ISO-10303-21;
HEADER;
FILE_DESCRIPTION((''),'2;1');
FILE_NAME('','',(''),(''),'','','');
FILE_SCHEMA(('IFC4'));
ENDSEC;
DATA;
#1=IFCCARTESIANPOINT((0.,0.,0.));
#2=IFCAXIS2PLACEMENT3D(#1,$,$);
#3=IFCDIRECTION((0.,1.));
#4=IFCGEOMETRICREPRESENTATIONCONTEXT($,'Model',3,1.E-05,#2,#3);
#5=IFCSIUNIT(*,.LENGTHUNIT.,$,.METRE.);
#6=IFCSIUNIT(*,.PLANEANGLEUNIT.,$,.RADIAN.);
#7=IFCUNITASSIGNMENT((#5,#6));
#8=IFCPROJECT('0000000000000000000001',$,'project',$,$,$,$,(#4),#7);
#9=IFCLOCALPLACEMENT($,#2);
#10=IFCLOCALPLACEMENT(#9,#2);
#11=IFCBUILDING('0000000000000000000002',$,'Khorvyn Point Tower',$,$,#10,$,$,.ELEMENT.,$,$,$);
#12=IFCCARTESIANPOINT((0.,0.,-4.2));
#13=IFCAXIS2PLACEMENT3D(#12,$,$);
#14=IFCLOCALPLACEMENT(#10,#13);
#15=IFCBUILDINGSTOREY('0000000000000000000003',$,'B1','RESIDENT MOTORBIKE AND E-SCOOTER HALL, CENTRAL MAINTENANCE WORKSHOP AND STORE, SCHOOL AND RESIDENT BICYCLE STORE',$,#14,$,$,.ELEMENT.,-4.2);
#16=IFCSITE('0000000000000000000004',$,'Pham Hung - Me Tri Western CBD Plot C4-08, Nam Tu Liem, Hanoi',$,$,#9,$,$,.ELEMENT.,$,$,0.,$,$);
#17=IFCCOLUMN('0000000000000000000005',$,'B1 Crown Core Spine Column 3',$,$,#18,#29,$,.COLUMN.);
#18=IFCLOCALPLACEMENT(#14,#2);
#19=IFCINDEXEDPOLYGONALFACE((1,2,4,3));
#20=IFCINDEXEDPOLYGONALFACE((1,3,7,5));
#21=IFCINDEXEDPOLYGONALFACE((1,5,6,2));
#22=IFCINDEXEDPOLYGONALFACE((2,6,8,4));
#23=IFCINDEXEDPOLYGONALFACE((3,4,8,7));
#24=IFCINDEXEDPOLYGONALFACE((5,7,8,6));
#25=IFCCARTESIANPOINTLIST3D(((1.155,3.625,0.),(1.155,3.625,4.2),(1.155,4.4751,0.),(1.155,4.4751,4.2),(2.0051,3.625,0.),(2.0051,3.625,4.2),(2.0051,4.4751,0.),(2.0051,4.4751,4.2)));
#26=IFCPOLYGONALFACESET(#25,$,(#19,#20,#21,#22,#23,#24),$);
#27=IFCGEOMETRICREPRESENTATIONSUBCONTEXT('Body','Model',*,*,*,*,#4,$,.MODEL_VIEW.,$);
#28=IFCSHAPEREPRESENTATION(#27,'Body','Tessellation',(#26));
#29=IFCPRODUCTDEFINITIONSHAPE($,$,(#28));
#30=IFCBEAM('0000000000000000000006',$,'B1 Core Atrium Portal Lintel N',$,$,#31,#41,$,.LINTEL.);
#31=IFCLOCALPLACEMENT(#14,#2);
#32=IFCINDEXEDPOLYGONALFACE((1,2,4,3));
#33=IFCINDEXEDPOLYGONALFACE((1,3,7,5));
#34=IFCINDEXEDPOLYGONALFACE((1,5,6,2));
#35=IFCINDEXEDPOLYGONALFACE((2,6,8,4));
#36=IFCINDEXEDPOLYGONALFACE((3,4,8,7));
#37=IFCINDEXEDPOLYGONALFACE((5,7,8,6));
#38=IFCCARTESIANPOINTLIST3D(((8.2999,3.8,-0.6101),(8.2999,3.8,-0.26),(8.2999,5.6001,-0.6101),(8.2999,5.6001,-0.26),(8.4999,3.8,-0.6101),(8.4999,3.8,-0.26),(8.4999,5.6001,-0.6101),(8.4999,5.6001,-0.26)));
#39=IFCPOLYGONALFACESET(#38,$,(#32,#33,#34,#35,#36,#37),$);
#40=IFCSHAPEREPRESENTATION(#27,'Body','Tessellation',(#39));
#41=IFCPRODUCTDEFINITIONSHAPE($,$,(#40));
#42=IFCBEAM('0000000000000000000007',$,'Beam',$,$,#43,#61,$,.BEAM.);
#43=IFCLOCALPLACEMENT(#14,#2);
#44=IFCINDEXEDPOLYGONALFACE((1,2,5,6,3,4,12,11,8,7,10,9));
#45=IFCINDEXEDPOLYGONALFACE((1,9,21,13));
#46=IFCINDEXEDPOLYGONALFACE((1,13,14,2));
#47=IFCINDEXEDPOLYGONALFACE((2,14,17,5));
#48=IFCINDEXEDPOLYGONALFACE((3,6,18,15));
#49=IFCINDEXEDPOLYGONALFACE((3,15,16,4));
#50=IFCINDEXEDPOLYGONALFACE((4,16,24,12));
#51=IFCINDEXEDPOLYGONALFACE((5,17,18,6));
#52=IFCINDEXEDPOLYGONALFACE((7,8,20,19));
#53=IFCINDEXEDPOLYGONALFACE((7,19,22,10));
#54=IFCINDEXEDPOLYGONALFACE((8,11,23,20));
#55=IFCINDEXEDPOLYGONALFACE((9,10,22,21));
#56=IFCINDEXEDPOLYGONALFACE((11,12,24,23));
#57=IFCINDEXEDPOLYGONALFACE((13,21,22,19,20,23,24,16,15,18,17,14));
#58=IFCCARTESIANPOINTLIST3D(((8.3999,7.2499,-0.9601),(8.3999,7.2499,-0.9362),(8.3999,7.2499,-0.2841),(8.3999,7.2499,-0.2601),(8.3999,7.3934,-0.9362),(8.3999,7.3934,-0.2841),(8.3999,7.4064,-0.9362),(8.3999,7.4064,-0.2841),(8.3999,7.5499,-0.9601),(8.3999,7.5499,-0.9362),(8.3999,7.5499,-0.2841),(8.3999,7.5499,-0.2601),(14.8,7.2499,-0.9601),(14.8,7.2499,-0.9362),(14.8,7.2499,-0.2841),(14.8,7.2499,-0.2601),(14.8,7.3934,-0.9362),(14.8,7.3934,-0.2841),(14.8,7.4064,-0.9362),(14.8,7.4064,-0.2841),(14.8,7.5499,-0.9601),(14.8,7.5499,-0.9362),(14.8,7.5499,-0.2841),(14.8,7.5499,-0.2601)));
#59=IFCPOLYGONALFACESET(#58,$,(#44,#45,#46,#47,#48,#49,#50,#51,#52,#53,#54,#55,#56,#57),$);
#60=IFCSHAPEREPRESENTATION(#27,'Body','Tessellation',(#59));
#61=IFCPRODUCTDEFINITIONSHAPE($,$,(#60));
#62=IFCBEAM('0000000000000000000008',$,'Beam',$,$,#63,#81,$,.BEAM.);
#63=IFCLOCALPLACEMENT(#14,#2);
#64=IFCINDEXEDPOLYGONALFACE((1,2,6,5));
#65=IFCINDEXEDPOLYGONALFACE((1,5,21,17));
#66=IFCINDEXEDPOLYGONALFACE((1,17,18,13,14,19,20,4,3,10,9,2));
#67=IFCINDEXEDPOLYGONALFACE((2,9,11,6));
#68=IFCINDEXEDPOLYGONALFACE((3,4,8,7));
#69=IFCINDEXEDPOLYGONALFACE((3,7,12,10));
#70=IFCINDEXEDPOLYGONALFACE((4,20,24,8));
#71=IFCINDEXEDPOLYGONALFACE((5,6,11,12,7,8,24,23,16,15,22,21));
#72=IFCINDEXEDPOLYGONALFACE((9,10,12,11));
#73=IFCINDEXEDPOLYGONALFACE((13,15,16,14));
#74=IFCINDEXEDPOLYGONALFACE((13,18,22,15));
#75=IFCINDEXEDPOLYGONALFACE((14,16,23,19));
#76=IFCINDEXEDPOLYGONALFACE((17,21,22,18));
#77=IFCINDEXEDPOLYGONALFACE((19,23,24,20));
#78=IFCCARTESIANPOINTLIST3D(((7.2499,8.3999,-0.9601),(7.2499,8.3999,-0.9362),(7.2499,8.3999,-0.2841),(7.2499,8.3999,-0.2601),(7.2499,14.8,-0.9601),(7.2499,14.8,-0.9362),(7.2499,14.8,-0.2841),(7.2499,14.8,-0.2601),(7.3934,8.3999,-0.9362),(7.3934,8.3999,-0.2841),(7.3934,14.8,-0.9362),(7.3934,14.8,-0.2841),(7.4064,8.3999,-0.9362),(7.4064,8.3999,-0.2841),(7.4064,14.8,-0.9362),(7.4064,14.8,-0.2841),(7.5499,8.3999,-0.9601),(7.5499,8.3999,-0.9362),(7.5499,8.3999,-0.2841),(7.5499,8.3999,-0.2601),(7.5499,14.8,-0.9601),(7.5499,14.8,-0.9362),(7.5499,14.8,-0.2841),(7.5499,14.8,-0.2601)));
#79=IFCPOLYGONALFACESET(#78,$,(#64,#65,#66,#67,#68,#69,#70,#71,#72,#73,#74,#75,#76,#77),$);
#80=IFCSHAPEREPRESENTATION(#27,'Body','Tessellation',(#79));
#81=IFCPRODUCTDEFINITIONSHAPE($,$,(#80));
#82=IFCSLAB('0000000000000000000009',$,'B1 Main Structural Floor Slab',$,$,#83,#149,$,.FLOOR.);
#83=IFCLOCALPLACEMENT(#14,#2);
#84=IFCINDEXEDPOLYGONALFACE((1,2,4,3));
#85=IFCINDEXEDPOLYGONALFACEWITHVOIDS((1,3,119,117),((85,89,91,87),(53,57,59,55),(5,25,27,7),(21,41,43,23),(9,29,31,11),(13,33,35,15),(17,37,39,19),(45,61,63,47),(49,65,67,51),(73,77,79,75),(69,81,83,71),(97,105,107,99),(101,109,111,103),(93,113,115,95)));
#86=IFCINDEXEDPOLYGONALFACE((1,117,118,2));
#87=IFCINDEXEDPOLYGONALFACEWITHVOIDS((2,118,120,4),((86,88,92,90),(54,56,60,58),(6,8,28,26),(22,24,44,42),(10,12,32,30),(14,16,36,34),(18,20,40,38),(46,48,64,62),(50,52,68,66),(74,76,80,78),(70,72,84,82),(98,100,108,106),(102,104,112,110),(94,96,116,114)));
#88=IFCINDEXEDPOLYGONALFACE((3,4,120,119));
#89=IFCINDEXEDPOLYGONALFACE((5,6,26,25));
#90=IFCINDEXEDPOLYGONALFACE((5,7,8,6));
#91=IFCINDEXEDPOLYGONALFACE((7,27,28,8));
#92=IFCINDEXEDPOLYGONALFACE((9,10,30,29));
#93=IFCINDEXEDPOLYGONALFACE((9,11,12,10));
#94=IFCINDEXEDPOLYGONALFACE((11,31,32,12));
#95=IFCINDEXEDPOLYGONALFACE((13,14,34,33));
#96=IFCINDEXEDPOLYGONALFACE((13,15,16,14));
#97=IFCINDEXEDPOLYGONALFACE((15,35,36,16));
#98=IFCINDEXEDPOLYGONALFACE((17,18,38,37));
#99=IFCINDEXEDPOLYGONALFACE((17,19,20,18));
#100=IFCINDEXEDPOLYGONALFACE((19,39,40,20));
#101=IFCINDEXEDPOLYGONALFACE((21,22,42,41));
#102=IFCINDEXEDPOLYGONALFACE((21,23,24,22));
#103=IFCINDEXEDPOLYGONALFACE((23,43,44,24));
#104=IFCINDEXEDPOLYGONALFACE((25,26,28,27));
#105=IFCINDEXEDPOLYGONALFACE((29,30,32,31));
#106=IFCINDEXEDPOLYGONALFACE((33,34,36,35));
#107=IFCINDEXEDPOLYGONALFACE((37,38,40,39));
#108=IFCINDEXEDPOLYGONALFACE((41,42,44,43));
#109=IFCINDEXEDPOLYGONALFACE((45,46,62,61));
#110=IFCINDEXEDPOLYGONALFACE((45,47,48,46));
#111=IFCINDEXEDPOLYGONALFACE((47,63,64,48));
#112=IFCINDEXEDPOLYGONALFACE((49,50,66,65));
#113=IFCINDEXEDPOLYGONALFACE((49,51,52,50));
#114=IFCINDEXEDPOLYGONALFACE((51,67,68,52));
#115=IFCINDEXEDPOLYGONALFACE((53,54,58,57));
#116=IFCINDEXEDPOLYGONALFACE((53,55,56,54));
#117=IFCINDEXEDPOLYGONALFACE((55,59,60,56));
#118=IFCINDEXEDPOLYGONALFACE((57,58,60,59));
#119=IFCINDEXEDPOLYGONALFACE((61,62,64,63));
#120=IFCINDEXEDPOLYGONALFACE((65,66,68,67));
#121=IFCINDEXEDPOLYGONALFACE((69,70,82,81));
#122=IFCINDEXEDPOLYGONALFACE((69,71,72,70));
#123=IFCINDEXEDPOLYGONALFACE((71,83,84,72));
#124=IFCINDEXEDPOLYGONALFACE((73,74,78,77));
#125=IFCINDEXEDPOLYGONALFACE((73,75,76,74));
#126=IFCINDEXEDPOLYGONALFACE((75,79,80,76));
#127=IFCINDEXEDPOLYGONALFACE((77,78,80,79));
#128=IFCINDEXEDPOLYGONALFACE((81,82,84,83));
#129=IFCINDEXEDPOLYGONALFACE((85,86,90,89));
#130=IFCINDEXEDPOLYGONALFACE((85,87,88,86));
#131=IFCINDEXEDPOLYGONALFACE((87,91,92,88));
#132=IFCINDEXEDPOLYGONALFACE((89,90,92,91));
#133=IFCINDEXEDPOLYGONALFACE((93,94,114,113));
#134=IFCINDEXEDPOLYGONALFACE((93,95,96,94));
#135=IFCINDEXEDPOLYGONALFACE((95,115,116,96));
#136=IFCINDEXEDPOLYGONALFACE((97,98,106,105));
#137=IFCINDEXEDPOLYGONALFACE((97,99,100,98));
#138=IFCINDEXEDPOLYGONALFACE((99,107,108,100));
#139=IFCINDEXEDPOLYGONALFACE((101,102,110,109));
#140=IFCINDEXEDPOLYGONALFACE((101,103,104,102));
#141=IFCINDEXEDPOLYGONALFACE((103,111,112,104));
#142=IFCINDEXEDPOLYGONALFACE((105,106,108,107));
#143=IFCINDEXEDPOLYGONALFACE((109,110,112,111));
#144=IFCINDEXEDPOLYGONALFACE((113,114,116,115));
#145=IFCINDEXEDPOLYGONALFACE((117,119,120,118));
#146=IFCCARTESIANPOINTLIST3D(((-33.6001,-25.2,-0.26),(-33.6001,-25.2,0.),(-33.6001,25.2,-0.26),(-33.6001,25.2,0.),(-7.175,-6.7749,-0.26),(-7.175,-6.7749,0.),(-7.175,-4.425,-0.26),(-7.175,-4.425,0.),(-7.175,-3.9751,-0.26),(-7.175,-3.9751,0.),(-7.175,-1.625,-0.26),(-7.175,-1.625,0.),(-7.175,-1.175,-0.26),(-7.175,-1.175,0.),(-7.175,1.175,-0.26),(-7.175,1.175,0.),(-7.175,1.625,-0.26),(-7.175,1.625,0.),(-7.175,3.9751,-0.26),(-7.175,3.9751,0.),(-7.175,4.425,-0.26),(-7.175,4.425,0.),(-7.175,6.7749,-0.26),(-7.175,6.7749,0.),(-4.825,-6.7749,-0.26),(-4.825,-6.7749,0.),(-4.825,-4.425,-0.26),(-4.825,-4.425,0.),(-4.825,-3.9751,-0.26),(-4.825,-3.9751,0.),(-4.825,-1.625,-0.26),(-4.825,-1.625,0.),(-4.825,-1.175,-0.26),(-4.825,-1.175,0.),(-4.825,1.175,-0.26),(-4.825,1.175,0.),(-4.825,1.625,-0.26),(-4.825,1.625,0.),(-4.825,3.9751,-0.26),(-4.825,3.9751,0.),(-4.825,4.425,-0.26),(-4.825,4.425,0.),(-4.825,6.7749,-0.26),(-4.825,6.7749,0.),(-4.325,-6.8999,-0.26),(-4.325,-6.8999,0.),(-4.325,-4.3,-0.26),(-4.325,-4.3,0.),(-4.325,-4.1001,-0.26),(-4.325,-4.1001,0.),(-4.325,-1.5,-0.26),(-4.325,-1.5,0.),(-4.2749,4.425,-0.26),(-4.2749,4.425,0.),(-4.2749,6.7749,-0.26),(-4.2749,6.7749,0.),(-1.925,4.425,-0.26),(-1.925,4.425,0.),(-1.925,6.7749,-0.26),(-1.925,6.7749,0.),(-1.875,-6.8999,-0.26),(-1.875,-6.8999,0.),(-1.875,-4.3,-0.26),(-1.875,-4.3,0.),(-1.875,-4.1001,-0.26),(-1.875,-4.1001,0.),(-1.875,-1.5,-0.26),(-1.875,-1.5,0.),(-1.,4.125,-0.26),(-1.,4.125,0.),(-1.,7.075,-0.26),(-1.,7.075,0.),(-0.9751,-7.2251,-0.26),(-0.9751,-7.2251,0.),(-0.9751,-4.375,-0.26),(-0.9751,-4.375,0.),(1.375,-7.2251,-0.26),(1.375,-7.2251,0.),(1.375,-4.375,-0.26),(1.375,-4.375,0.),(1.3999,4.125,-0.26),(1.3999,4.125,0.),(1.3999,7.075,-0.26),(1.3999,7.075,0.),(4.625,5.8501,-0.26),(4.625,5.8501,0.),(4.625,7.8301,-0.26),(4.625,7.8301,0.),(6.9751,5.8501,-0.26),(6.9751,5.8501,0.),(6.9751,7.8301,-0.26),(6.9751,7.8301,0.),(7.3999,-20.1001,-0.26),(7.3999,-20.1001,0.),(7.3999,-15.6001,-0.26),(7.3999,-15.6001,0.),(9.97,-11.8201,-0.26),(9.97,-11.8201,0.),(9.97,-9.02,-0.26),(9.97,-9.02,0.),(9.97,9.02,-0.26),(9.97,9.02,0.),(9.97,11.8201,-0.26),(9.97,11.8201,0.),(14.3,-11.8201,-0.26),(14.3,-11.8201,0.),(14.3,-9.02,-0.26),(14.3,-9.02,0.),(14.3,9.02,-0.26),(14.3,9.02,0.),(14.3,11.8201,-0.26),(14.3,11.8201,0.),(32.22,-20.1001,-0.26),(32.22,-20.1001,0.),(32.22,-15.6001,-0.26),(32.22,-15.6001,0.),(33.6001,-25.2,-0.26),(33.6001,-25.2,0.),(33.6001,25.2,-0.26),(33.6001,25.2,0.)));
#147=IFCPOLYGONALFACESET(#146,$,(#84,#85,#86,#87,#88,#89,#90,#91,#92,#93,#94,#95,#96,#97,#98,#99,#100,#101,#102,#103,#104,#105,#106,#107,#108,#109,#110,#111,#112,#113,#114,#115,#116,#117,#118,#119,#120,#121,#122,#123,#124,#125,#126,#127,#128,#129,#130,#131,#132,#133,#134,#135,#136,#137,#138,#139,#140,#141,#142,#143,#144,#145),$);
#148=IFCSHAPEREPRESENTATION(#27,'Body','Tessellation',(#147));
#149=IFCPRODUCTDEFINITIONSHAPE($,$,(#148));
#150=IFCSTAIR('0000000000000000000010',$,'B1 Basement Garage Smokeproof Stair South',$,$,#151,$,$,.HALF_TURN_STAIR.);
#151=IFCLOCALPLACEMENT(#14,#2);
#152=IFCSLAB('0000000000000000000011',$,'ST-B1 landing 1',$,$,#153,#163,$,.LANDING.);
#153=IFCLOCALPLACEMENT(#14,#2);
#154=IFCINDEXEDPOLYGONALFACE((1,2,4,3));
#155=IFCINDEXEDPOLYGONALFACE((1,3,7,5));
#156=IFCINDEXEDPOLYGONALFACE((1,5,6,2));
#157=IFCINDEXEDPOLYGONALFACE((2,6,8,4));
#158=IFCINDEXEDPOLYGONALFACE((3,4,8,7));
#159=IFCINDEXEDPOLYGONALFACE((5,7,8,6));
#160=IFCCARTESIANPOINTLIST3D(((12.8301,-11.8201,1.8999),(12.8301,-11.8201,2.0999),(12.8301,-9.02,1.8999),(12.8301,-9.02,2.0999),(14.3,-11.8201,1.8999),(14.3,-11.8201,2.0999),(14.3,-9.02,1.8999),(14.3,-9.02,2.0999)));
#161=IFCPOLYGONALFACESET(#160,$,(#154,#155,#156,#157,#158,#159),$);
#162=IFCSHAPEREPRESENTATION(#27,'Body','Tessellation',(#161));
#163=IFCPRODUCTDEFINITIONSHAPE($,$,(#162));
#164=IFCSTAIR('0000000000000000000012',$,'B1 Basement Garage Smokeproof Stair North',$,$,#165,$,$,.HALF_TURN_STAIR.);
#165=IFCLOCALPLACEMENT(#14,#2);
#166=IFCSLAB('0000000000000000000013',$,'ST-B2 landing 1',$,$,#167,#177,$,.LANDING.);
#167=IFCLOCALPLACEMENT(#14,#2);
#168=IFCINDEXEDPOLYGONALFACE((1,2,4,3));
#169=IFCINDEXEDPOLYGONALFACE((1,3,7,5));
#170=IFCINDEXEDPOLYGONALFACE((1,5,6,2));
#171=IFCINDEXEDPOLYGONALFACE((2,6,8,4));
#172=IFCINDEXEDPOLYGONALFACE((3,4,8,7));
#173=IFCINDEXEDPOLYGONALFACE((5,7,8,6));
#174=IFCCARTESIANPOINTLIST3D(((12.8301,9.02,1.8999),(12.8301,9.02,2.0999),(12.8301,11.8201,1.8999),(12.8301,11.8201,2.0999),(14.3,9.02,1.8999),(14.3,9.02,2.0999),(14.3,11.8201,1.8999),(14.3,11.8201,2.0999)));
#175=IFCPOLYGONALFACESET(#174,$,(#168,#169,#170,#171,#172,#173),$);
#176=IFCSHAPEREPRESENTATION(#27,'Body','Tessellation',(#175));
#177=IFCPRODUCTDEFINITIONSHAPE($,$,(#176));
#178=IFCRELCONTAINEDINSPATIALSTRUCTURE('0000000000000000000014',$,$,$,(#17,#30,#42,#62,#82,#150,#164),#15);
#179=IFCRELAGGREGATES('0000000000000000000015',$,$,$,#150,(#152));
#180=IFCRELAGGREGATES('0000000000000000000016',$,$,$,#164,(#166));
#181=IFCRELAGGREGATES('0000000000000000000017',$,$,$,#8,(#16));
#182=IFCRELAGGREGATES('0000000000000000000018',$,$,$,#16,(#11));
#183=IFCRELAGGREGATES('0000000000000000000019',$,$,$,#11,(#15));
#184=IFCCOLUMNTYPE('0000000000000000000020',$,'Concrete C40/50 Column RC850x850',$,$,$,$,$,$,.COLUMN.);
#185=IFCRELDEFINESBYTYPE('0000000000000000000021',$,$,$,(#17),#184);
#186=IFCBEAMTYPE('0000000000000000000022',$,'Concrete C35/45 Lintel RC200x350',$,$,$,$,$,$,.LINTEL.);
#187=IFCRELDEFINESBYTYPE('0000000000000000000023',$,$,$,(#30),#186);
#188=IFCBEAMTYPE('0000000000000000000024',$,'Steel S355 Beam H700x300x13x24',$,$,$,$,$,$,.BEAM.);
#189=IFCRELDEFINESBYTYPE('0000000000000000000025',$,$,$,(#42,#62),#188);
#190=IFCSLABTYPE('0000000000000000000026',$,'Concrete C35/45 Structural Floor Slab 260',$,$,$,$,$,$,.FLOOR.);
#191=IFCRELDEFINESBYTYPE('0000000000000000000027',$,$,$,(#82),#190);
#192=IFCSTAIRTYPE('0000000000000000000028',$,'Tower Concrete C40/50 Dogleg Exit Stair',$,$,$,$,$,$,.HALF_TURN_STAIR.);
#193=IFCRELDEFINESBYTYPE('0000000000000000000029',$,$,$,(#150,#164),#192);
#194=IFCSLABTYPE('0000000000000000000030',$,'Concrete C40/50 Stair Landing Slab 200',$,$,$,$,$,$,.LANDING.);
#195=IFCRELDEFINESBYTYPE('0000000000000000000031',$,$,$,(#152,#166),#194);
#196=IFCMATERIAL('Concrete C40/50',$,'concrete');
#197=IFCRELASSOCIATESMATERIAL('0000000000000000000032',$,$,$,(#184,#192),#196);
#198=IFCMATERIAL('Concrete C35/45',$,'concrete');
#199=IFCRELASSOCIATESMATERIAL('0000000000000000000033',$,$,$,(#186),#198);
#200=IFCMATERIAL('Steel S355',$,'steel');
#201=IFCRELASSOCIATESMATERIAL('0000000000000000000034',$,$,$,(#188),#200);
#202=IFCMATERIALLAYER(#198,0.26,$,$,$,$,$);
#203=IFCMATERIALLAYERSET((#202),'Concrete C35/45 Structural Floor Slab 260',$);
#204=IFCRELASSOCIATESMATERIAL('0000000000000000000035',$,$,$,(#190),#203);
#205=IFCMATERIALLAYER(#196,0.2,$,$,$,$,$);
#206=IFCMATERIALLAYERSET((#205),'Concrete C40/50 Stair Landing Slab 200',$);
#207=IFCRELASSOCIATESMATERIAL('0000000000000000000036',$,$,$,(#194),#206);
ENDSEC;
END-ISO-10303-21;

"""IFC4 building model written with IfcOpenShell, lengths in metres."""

from ifc_helpers import new_model, si_unit, direction, frame, origin, origin_2d, place, context, subcontext, project, spatial, polyline, rectangle, i_section, outline, extrude, material, layer, layer_set, material_profile, profile_set, type_object, element, aggregate, save


model = new_model("IFC4")

# Units and contexts
model_context = context("Model", 3, precision=1e-05, world=origin(), true_north=direction((0.0, 1.0)))
body_context = subcontext(model_context, "Body", "Model", "MODEL_VIEW")
ifc_project = project(units=[si_unit("LENGTHUNIT", "METRE"), si_unit("PLANEANGLEUNIT", "RADIAN")], contexts=[model_context])

# Site, building, storey
site_placement = place(None, origin())
site = spatial("IfcSite", under=ifc_project, at=site_placement, Name="Pham Hung - Me Tri Western CBD Plot C4-08, Nam Tu Liem, Hanoi", CompositionType="ELEMENT", RefElevation=0.0)
building_placement = place(site_placement, origin())
building = spatial("IfcBuilding", under=site, at=building_placement, Name="Khorvyn Point Tower", CompositionType="ELEMENT")
storey_placement = place(building_placement, frame((0.0, 0.0, -4.2)))
storey = spatial("IfcBuildingStorey", under=building, at=storey_placement, Name="B1", Description="RESIDENT MOTORBIKE AND E-SCOOTER HALL, CENTRAL MAINTENANCE WORKSHOP AND STORE, SCHOOL AND RESIDENT BICYCLE STORE", CompositionType="ELEMENT", Elevation=-4.2)

# Column
ifc_material_1 = material(Name="Concrete C40/50", Category="concrete")
ifc_material_profile_1 = material_profile(ifc_material_1, rectangle(XDim=0.8501, YDim=0.8501, at=origin_2d()))
ifc_profile_set_1 = profile_set([ifc_material_profile_1], Name="Concrete C40/50 RC850x850")
column_type = type_object("IfcColumnType", Name="Concrete C40/50 Column RC850x850", PredefinedType="COLUMN", material=ifc_profile_set_1)
column_placement = place(storey_placement, frame((1.5801, 4.05, 0.0), z_axis=(0.0, 0.0, 1.0), x_axis=(1.0, 0.0, 0.0)))
element("IfcColumn", 1, at=column_placement, inside=storey, type_object=column_type, Name="B1 Crown Core Spine Column 3", PredefinedType="COLUMN", context=body_context, shape_type="SweptSolid", body=[
    extrude(rectangle(XDim=0.8501, YDim=0.8501, at=origin_2d()), origin(), (0.0, 0.0, 1.0), 4.2),
])

# Beams
ifc_material_2 = material(Name="Concrete C35/45", Category="concrete")
ifc_material_profile_2 = material_profile(ifc_material_2, rectangle(XDim=0.2, YDim=0.3501, at=origin_2d()))
ifc_profile_set_2 = profile_set([ifc_material_profile_2], Name="Concrete C35/45 RC200x350")
beam_type_1 = type_object("IfcBeamType", Name="Concrete C35/45 Lintel RC200x350", PredefinedType="LINTEL", material=ifc_profile_set_2)
beam_placement = place(storey_placement, frame((8.3999, 3.8, -0.4351), z_axis=(0.0, 1.0, 0.0), x_axis=(-1.0, 0.0, 0.0)))
element("IfcBeam", 2, at=beam_placement, inside=storey, type_object=beam_type_1, Name="B1 Core Atrium Portal Lintel N", PredefinedType="LINTEL", context=body_context, shape_type="SweptSolid", body=[
    extrude(rectangle(XDim=0.2, YDim=0.3501, at=origin_2d()), origin(), (0.0, 0.0, 1.0), 1.8),
])
ifc_material_3 = material(Name="Steel S355", Category="steel")
ifc_material_profile_3 = material_profile(ifc_material_3, i_section(OverallWidth=0.3, OverallDepth=0.7, WebThickness=0.0129, FlangeThickness=0.0239, at=origin_2d()))
ifc_profile_set_3 = profile_set([ifc_material_profile_3], Name="Steel S355 H700x300x13x24")
beam_type_2 = type_object("IfcBeamType", Name="Steel S355 Beam H700x300x13x24", PredefinedType="BEAM", material=ifc_profile_set_3)
for number, where, z_axis, x_axis, name in (
    (3, (8.3999, 7.3999, -0.6101), (1.0, 0.0, 0.0), (0.0, 1.0, 0.0), "Beam"),
    (4, (7.3999, 8.3999, -0.6101), (0.0, 1.0, 0.0), (-1.0, 0.0, 0.0), "Beam"),
):
    element("IfcBeam", number, at=place(storey_placement, frame(where, z_axis=z_axis, x_axis=x_axis)), inside=storey, type_object=beam_type_2, Name=name, PredefinedType="BEAM", context=body_context, shape_type="SweptSolid", body=[
        extrude(i_section(OverallWidth=0.3, OverallDepth=0.7, WebThickness=0.0129, FlangeThickness=0.0239, at=origin_2d()), origin(), (0.0, 0.0, 1.0), 6.4001),
    ])

# Slab
ifc_layer_1 = layer(ifc_material_2, 0.26)
ifc_layer_set_1 = layer_set([ifc_layer_1], Name="Concrete C35/45 Structural Floor Slab 260")
slab_type_1 = type_object("IfcSlabType", Name="Concrete C35/45 Structural Floor Slab 260", PredefinedType="FLOOR", material=ifc_layer_set_1)
slab_1_placement = place(storey_placement, frame((0.0, 0.0, -0.26)))
element("IfcSlab", 5, at=slab_1_placement, inside=storey, type_object=slab_type_1, Name="B1 Main Structural Floor Slab", PredefinedType="FLOOR", context=body_context, shape_type="SweptSolid", body=[
    extrude(outline(polyline([(-33.6001, 25.2), (33.6001, 25.2), (33.6001, -25.2), (-33.6001, -25.2), (-33.6001, 25.2)]), holes=[polyline([(-4.825, -6.7749), (-4.825, -4.425), (-7.175, -4.425), (-7.175, -6.7749), (-4.825, -6.7749)]), polyline([(-4.325, -6.8999), (-1.875, -6.8999), (-1.875, -4.3), (-4.325, -4.3), (-4.325, -6.8999)]), polyline([(-7.175, -3.9751), (-4.825, -3.9751), (-4.825, -1.625), (-7.175, -1.625), (-7.175, -3.9751)]), polyline([(-7.175, -1.175), (-4.825, -1.175), (-4.825, 1.175), (-7.175, 1.175), (-7.175, -1.175)]), polyline([(-7.175, 1.625), (-4.825, 1.625), (-4.825, 3.9751), (-7.175, 3.9751), (-7.175, 1.625)]), polyline([(-7.175, 4.425), (-4.825, 4.425), (-4.825, 6.7749), (-7.175, 6.7749), (-7.175, 4.425)]), polyline([(-4.2749, 4.425), (-1.925, 4.425), (-1.925, 6.7749), (-4.2749, 6.7749), (-4.2749, 4.425)]), polyline([(32.22, -20.1001), (32.22, -15.6001), (7.3999, -15.6001), (7.3999, -20.1001), (32.22, -20.1001)]), polyline([(9.97, -11.8201), (14.3, -11.8201), (14.3, -9.02), (9.97, -9.02), (9.97, -11.8201)]), polyline([(-0.9751, -7.2251), (1.375, -7.2251), (1.375, -4.375), (-0.9751, -4.375), (-0.9751, -7.2251)]), polyline([(-4.325, -4.1001), (-1.875, -4.1001), (-1.875, -1.5), (-4.325, -1.5), (-4.325, -4.1001)]), polyline([(-1.0, 4.125), (1.3999, 4.125), (1.3999, 7.075), (-1.0, 7.075), (-1.0, 4.125)]), polyline([(4.625, 5.8501), (6.9751, 5.8501), (6.9751, 7.8301), (4.625, 7.8301), (4.625, 5.8501)]), polyline([(9.97, 9.02), (14.3, 9.02), (14.3, 11.8201), (9.97, 11.8201), (9.97, 9.02)])]), origin(), (0.0, 0.0, 1.0), 0.26),
])

# Stairs, slabs
stair_type = type_object("IfcStairType", Name="Tower Concrete C40/50 Dogleg Exit Stair", PredefinedType="HALF_TURN_STAIR", material=ifc_material_1)
stair_1_placement = place(storey_placement, origin())
stair_1 = element("IfcStair", 6, at=stair_1_placement, inside=storey, type_object=stair_type, Name="B1 Basement Garage Smokeproof Stair South", PredefinedType="HALF_TURN_STAIR")
ifc_layer_2 = layer(ifc_material_1, 0.2)
ifc_layer_set_2 = layer_set([ifc_layer_2], Name="Concrete C40/50 Stair Landing Slab 200")
slab_type_2 = type_object("IfcSlabType", Name="Concrete C40/50 Stair Landing Slab 200", PredefinedType="LANDING", material=ifc_layer_set_2)
slab_2_placement = place(storey_placement, frame((0.0, 0.0, 1.8999)))
slab_2 = element("IfcSlab", 7, at=slab_2_placement, type_object=slab_type_2, Name="ST-B1 landing 1", PredefinedType="LANDING", context=body_context, shape_type="SweptSolid", body=[
    extrude(outline(polyline([(12.8301, -11.8201), (14.3, -11.8201), (14.3, -9.02), (12.8301, -9.02), (12.8301, -11.8201)])), origin(), (0.0, 0.0, 1.0), 0.2),
])
aggregate(stair_1, [slab_2])
stair_2_placement = place(storey_placement, origin())
stair_2 = element("IfcStair", 8, at=stair_2_placement, inside=storey, type_object=stair_type, Name="B1 Basement Garage Smokeproof Stair North", PredefinedType="HALF_TURN_STAIR")
slab_3_placement = place(storey_placement, frame((0.0, 0.0, 1.8999)))
slab_3 = element("IfcSlab", 9, at=slab_3_placement, type_object=slab_type_2, Name="ST-B2 landing 1", PredefinedType="LANDING", context=body_context, shape_type="SweptSolid", body=[
    extrude(outline(polyline([(12.8301, 9.02), (14.3, 9.02), (14.3, 11.8201), (12.8301, 11.8201), (12.8301, 9.02)])), origin(), (0.0, 0.0, 1.0), 0.2),
])
aggregate(stair_2, [slab_3])

save(model, "model.ifc")
